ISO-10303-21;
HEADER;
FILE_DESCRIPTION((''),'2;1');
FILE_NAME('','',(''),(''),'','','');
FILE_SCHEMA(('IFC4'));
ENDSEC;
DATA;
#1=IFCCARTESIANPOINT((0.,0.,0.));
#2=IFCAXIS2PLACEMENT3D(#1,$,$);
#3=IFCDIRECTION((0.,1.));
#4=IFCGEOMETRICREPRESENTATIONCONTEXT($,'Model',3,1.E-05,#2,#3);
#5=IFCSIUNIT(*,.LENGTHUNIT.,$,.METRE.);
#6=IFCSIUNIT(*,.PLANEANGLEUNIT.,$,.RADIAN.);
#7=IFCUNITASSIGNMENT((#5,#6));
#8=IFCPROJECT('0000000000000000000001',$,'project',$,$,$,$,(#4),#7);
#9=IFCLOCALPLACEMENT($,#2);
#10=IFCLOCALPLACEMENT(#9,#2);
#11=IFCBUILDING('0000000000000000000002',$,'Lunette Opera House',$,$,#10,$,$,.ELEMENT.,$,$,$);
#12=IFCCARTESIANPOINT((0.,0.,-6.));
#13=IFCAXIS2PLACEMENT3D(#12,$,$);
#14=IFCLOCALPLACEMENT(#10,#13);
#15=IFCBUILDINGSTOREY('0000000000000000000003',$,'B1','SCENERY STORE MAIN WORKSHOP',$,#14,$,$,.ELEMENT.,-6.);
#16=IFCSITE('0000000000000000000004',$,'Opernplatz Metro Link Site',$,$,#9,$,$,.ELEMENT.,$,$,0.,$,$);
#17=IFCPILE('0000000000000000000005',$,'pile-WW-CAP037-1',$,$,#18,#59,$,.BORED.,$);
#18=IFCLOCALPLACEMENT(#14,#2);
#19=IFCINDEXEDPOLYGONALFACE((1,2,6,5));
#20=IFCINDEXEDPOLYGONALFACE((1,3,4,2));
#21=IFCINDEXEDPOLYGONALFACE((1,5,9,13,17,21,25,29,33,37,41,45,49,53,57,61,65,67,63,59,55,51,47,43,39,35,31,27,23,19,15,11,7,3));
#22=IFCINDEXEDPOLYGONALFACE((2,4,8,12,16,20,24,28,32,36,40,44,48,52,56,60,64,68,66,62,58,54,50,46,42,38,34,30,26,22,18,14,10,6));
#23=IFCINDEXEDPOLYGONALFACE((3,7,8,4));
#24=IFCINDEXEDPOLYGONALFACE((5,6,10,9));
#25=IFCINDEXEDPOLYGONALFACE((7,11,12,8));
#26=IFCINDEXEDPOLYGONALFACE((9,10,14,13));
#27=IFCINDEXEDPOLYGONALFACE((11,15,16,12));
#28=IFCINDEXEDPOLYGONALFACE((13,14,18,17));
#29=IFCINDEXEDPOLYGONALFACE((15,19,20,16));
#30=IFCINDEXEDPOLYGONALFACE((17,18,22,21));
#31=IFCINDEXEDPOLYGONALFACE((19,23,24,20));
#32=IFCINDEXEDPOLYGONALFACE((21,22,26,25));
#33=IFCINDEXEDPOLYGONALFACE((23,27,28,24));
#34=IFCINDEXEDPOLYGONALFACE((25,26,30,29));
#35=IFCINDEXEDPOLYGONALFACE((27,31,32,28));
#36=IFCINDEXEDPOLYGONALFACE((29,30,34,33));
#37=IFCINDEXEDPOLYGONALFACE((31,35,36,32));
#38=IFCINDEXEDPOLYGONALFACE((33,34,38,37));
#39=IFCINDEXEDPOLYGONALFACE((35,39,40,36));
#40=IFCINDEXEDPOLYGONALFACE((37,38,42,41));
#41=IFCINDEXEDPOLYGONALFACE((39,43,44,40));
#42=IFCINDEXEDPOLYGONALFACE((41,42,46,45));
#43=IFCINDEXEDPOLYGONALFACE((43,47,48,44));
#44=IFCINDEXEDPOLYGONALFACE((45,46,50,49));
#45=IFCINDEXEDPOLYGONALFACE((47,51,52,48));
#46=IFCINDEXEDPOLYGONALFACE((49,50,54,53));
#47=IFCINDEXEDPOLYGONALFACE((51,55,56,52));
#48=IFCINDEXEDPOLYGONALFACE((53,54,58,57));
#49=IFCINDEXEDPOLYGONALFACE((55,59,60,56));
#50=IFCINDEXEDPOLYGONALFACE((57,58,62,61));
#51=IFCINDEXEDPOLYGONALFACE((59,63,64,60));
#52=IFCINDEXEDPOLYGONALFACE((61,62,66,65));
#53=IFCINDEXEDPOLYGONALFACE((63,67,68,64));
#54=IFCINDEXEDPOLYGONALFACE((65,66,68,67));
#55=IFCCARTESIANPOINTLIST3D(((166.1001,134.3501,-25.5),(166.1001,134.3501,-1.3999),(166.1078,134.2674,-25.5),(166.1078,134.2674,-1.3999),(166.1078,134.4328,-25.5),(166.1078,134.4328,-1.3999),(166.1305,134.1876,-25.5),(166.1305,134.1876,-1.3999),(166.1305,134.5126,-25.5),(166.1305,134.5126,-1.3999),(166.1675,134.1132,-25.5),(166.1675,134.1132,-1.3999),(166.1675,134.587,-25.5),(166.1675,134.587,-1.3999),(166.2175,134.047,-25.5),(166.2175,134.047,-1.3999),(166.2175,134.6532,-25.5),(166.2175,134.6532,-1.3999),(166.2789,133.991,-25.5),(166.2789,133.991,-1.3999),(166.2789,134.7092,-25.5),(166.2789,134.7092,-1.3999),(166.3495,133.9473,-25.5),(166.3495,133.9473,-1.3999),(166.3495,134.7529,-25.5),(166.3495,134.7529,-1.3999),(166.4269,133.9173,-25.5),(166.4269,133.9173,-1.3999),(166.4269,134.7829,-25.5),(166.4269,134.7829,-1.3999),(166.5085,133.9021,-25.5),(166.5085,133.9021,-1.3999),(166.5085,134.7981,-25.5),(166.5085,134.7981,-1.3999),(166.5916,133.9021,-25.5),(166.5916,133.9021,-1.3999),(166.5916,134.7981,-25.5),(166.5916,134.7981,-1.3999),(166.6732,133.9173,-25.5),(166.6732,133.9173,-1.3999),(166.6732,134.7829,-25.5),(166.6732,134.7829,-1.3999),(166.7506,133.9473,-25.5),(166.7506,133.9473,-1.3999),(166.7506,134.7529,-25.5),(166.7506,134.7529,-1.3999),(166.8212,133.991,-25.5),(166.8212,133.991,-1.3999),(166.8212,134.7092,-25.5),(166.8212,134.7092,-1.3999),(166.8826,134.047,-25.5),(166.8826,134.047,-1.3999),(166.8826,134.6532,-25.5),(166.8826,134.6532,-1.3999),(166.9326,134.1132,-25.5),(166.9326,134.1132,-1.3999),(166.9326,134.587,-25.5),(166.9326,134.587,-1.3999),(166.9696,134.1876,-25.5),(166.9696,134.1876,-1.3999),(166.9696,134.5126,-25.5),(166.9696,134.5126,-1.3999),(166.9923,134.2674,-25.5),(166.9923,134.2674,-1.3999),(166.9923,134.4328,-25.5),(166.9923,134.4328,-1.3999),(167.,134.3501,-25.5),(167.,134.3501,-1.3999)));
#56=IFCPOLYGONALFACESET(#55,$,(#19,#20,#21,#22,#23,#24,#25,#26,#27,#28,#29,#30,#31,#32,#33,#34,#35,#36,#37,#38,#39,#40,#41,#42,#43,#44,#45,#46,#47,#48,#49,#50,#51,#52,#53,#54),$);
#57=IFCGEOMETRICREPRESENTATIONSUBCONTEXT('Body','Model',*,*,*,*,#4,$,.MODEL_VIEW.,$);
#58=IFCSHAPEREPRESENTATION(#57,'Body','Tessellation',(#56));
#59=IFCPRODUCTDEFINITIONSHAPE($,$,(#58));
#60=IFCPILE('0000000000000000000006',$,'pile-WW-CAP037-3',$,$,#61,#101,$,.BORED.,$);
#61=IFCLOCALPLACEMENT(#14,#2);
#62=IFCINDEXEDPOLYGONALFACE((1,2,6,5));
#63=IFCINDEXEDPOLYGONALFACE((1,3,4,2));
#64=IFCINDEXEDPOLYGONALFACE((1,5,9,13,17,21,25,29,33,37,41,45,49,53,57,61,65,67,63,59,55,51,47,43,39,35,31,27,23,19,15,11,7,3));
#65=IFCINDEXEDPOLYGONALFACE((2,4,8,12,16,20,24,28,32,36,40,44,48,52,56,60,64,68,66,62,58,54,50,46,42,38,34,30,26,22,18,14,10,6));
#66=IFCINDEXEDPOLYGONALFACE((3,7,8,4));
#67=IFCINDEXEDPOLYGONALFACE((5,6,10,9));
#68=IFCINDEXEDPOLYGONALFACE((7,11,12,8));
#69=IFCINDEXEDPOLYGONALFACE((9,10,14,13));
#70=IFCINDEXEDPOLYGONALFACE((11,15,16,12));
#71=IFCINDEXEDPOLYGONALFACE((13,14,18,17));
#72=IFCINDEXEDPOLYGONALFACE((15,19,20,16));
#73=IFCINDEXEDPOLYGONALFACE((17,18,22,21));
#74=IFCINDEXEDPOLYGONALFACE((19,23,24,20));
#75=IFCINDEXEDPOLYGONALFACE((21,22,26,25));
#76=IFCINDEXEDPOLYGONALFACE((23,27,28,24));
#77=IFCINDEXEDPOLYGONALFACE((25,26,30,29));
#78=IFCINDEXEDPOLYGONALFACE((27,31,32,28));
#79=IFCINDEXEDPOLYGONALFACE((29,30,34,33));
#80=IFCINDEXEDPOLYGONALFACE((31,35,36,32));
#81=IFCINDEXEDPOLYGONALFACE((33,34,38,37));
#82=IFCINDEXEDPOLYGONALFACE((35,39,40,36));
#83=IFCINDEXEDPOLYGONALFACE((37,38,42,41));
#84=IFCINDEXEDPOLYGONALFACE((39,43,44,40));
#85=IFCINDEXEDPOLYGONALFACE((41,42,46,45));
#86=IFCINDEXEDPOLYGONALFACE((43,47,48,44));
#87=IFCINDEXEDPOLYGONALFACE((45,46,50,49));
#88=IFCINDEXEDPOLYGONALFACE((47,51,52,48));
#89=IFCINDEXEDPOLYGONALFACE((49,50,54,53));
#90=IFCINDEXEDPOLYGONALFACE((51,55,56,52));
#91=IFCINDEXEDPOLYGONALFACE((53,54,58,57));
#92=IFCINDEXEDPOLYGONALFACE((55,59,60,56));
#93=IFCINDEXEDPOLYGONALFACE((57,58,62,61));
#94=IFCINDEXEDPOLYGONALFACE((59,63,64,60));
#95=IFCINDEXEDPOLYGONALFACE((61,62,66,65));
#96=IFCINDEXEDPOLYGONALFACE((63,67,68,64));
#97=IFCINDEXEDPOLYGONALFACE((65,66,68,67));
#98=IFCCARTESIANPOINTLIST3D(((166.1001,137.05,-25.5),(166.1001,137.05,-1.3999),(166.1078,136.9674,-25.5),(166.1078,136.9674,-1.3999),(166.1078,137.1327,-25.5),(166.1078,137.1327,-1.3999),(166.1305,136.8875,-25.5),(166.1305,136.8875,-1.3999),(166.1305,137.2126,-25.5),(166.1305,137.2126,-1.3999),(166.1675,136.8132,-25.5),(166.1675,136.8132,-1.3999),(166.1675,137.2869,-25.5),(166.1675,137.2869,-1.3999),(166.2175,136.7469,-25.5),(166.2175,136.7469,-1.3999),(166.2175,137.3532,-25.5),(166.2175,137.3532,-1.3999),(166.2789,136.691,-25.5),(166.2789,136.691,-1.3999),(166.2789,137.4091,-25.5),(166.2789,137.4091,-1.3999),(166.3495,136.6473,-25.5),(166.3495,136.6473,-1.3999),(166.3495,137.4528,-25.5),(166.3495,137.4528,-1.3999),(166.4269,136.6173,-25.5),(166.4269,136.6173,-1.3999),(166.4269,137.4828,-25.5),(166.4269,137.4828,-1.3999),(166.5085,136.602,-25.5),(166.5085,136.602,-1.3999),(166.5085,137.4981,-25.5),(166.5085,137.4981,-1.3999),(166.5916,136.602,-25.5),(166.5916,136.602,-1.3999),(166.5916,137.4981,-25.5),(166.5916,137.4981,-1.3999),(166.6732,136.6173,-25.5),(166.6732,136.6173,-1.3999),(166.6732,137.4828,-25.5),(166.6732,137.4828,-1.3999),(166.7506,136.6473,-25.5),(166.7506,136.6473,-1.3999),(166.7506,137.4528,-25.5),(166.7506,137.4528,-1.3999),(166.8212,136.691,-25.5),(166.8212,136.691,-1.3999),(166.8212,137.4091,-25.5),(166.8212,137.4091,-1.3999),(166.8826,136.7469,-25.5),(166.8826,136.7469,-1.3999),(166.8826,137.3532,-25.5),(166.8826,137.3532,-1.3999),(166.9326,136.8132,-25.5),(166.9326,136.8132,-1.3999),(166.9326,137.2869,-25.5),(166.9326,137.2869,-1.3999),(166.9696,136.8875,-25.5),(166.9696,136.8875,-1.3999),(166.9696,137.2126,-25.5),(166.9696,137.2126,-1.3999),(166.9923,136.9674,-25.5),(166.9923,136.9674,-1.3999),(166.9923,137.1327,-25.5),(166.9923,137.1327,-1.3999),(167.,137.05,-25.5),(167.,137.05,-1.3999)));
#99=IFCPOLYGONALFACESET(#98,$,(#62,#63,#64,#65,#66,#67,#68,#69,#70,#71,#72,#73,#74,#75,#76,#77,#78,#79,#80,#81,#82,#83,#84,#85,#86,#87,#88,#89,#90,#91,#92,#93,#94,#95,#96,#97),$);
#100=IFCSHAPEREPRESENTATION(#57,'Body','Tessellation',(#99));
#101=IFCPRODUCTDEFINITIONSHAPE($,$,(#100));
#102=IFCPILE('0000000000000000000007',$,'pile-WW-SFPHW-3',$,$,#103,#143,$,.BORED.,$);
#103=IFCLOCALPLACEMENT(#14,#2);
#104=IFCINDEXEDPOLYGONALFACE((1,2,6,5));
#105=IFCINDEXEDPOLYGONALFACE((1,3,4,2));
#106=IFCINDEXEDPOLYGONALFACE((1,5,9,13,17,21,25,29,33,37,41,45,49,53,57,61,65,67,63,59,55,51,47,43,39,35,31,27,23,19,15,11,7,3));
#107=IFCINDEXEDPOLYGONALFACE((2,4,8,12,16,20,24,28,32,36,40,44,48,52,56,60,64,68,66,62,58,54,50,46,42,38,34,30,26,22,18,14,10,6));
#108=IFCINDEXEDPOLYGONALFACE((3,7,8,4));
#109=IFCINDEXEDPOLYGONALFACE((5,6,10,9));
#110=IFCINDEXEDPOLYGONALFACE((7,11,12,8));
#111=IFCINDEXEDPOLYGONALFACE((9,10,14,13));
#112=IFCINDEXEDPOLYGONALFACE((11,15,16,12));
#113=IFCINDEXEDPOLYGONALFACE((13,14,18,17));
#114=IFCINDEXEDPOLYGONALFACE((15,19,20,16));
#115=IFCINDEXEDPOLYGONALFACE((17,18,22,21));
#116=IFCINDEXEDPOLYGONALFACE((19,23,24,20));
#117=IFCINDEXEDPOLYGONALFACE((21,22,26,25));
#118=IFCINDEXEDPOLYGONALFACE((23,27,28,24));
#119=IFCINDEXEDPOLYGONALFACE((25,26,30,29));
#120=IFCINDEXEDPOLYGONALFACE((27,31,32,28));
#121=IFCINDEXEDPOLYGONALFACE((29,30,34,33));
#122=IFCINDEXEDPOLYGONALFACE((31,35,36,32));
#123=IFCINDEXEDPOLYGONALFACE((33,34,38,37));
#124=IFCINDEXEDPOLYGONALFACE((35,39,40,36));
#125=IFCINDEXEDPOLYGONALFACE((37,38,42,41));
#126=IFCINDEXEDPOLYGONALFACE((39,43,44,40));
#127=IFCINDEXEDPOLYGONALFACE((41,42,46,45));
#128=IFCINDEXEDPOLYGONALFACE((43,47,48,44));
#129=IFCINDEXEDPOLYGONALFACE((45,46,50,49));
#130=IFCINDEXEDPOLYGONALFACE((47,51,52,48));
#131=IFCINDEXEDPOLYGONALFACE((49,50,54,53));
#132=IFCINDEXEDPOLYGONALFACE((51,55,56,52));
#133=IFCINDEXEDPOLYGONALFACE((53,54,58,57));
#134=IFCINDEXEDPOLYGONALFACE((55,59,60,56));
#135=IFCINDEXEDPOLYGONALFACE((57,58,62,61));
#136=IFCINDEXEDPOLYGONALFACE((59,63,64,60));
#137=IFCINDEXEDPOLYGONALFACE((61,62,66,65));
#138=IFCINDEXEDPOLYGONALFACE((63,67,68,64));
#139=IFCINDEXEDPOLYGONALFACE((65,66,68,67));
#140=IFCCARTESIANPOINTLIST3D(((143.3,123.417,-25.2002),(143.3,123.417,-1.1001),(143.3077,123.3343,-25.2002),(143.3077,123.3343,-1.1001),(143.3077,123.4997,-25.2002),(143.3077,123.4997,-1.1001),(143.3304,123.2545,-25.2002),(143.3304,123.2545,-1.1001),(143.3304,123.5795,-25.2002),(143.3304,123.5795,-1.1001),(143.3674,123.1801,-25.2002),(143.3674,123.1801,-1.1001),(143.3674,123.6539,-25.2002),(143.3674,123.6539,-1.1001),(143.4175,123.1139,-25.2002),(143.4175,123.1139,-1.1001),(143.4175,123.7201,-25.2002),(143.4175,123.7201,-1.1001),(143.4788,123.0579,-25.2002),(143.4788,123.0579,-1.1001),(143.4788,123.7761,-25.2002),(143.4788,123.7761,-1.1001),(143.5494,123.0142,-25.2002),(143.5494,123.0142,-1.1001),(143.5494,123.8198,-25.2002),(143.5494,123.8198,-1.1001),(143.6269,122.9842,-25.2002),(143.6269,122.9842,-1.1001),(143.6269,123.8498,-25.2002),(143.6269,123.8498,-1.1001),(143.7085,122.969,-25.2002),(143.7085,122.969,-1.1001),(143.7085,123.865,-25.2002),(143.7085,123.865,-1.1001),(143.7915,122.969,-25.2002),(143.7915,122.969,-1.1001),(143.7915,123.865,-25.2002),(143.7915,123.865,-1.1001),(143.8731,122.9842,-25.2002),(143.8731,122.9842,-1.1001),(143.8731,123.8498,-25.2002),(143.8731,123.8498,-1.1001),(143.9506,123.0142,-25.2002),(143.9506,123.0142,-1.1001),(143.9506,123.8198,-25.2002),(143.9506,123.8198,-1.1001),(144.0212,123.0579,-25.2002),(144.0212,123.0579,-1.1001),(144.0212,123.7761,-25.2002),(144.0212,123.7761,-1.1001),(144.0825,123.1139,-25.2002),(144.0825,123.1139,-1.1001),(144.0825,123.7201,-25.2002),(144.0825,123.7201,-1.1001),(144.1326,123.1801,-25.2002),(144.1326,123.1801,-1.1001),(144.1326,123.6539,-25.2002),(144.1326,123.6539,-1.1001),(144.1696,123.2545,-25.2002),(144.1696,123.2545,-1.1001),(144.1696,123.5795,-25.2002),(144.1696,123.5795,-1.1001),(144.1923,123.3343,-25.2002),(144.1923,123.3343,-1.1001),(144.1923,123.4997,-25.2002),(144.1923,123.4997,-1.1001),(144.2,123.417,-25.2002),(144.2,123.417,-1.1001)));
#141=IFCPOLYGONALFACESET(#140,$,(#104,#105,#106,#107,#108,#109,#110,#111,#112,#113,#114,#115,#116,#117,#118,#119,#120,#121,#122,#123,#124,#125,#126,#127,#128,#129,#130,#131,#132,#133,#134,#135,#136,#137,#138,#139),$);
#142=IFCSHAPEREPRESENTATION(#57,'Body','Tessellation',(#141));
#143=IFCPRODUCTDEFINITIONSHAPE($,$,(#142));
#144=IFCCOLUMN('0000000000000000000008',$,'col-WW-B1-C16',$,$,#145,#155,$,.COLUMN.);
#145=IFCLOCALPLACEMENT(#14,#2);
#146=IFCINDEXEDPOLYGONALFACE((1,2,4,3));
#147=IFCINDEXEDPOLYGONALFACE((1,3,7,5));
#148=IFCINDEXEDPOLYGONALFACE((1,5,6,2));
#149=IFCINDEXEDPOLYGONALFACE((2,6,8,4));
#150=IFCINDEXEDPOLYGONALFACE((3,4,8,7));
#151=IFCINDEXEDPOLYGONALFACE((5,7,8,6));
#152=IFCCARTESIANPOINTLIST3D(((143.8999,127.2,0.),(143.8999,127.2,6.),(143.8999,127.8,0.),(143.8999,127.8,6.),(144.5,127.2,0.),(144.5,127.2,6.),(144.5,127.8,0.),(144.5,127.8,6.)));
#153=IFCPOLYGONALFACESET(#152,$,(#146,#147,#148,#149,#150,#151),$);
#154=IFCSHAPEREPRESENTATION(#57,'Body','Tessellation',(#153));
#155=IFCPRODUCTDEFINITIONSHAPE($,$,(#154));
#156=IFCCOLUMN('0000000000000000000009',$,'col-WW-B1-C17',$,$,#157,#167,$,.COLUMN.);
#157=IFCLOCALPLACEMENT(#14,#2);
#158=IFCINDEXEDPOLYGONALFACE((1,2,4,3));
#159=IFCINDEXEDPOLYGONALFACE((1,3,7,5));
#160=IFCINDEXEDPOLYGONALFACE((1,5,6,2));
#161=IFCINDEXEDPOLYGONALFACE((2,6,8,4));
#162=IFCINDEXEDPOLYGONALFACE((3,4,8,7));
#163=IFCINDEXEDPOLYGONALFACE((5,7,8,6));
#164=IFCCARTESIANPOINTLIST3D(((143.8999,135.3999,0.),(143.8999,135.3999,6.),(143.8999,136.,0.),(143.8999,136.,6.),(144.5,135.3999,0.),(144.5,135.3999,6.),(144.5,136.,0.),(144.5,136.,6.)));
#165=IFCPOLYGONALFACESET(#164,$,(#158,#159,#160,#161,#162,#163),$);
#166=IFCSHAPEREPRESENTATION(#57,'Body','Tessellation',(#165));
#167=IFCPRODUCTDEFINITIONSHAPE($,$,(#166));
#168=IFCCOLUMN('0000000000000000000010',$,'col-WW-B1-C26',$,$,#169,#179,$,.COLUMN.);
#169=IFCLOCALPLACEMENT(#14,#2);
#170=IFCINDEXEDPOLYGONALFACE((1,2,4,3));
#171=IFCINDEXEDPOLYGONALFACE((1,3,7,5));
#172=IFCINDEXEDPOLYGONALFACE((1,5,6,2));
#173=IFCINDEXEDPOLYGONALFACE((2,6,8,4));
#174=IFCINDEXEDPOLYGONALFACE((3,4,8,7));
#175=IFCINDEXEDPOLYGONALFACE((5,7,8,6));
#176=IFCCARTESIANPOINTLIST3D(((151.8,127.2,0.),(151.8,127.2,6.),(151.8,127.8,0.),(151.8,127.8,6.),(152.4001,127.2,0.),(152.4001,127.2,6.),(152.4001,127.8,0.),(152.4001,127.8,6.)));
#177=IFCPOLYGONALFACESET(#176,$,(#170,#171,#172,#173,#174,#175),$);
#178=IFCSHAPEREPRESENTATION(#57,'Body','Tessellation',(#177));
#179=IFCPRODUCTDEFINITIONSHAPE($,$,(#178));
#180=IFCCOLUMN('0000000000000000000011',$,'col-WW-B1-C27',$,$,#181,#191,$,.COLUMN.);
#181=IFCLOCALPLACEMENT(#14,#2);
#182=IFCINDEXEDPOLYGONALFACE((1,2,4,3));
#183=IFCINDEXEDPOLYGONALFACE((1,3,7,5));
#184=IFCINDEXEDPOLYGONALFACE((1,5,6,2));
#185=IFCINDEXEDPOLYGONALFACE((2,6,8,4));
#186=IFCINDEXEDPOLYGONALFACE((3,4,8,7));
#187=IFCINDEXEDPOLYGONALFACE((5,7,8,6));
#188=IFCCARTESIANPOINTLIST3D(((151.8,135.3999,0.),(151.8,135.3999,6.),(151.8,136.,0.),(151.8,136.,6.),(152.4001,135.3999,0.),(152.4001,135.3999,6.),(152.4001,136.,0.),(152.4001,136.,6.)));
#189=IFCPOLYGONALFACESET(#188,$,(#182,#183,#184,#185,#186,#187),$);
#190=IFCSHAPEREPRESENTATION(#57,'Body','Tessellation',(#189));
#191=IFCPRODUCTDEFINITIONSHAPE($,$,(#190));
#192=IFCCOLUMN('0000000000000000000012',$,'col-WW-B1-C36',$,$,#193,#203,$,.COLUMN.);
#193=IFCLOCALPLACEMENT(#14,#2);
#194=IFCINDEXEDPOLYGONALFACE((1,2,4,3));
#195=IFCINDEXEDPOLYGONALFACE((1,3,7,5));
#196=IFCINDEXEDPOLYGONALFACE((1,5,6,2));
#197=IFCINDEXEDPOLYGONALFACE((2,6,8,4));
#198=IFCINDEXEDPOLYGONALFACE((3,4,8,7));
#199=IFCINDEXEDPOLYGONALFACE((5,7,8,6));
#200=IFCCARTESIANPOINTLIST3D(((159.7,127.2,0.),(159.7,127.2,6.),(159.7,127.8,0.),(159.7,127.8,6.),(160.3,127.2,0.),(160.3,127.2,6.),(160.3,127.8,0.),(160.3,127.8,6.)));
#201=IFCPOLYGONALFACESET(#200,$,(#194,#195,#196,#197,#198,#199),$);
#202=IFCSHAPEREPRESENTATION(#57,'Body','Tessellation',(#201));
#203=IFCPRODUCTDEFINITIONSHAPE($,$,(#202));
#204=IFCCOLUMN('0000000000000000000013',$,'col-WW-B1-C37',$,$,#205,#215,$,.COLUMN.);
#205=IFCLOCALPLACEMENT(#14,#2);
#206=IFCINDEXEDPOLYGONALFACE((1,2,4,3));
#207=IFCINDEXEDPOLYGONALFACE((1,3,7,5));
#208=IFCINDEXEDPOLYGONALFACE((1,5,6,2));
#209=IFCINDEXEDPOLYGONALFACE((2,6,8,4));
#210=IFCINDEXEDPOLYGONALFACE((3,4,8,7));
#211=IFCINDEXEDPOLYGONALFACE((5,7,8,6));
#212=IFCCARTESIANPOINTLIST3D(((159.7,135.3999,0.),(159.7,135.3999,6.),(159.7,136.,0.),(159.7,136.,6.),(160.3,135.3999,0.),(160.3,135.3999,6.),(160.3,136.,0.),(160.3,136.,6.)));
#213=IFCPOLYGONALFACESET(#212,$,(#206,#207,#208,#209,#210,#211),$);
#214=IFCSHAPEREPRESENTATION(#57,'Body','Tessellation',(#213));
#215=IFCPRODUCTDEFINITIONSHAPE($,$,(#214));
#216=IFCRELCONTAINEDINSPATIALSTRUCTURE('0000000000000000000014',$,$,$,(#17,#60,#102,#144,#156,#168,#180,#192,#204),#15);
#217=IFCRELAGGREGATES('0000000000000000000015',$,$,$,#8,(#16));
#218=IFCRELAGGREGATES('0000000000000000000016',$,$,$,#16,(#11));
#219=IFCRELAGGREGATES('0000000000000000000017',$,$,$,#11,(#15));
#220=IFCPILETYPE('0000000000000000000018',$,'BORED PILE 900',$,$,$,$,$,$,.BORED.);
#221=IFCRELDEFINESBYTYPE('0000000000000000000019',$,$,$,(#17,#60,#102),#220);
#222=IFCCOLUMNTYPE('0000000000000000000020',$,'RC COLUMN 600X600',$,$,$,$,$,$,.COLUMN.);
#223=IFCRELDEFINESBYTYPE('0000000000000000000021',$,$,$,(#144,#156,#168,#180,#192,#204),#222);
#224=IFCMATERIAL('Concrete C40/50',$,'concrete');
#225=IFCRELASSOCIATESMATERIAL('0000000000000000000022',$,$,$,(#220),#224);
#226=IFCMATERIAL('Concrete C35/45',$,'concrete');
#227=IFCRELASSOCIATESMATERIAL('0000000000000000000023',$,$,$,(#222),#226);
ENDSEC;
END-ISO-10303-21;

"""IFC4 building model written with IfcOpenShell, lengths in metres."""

from ifc_helpers import new_model, si_unit, direction, frame, origin, origin_2d, place, context, subcontext, project, spatial, rectangle, circle, extrude, material, material_profile, profile_set, type_object, element, save


model = new_model("IFC4")

# Units and contexts
model_context = context("Model", 3, precision=1e-05, world=origin(), true_north=direction((0.0, 1.0)))
body_context = subcontext(model_context, "Body", "Model", "MODEL_VIEW")
ifc_project = project(units=[si_unit("LENGTHUNIT", "METRE"), si_unit("PLANEANGLEUNIT", "RADIAN")], contexts=[model_context])

# Site, building, storey
site_placement = place(None, origin())
site = spatial("IfcSite", under=ifc_project, at=site_placement, Name="Opernplatz Metro Link Site", CompositionType="ELEMENT", RefElevation=0.0)
building_placement = place(site_placement, origin())
building = spatial("IfcBuilding", under=site, at=building_placement, Name="Lunette Opera House", CompositionType="ELEMENT")
storey_placement = place(building_placement, frame((0.0, 0.0, -6.0)))
storey = spatial("IfcBuildingStorey", under=building, at=storey_placement, Name="B1", Description="SCENERY STORE MAIN WORKSHOP", CompositionType="ELEMENT", Elevation=-6.0)

# Piles
ifc_material_1 = material(Name="Concrete C40/50", Category="concrete")
ifc_material_profile_1 = material_profile(ifc_material_1, circle(Radius=0.45, at=origin_2d()), Name="BORED PILE 900")
ifc_profile_set_1 = profile_set([ifc_material_profile_1], Name="Concrete C40/50")
pile_type = type_object("IfcPileType", Name="BORED PILE 900", PredefinedType="BORED", material=ifc_profile_set_1)
for number, where, z_axis, x_axis, name in (
    (1, (166.55, 134.3501, -1.3999), (0.0, 0.0, -1.0), (1.0, 0.0, 0.0), "pile-WW-CAP037-1"),
    (2, (166.55, 137.05, -1.3999), (0.0, 0.0, -1.0), (1.0, 0.0, 0.0), "pile-WW-CAP037-3"),
    (3, (143.75, 123.417, -1.1001), (0.0, 0.0, -1.0), (1.0, 0.0, 0.0), "pile-WW-SFPHW-3"),
):
    element("IfcPile", number, at=place(storey_placement, frame(where, z_axis=z_axis, x_axis=x_axis)), inside=storey, type_object=pile_type, Name=name, PredefinedType="BORED", context=body_context, shape_type="SweptSolid", body=[
        extrude(circle(Radius=0.45, at=origin_2d()), origin(), (0.0, 0.0, 1.0), 24.1001),
    ])

# Columns
ifc_material_2 = material(Name="Concrete C35/45", Category="concrete")
ifc_material_profile_2 = material_profile(ifc_material_2, rectangle(XDim=0.6001, YDim=0.6001, at=origin_2d()), Name="RC COLUMN 600X600")
ifc_profile_set_2 = profile_set([ifc_material_profile_2], Name="Concrete C35/45")
column_type = type_object("IfcColumnType", Name="RC COLUMN 600X600", PredefinedType="COLUMN", material=ifc_profile_set_2)
for number, where, z_axis, x_axis, name in (
    (4, (144.2, 127.5, 0.0), (0.0, 0.0, 1.0), (1.0, 0.0, 0.0), "col-WW-B1-C16"),
    (5, (144.2, 135.7, 0.0), (0.0, 0.0, 1.0), (1.0, 0.0, 0.0), "col-WW-B1-C17"),
    (6, (152.1001, 127.5, 0.0), (0.0, 0.0, 1.0), (1.0, 0.0, 0.0), "col-WW-B1-C26"),
    (7, (152.1001, 135.7, 0.0), (0.0, 0.0, 1.0), (1.0, 0.0, 0.0), "col-WW-B1-C27"),
    (8, (160.0, 127.5, 0.0), (0.0, 0.0, 1.0), (1.0, 0.0, 0.0), "col-WW-B1-C36"),
    (9, (160.0, 135.7, 0.0), (0.0, 0.0, 1.0), (1.0, 0.0, 0.0), "col-WW-B1-C37"),
):
    element("IfcColumn", number, at=place(storey_placement, frame(where, z_axis=z_axis, x_axis=x_axis)), inside=storey, type_object=column_type, Name=name, PredefinedType="COLUMN", context=body_context, shape_type="SweptSolid", body=[
        extrude(rectangle(XDim=0.6001, YDim=0.6001, at=origin_2d()), origin(), (0.0, 0.0, 1.0), 6.0),
    ])

save(model, "model.ifc")
